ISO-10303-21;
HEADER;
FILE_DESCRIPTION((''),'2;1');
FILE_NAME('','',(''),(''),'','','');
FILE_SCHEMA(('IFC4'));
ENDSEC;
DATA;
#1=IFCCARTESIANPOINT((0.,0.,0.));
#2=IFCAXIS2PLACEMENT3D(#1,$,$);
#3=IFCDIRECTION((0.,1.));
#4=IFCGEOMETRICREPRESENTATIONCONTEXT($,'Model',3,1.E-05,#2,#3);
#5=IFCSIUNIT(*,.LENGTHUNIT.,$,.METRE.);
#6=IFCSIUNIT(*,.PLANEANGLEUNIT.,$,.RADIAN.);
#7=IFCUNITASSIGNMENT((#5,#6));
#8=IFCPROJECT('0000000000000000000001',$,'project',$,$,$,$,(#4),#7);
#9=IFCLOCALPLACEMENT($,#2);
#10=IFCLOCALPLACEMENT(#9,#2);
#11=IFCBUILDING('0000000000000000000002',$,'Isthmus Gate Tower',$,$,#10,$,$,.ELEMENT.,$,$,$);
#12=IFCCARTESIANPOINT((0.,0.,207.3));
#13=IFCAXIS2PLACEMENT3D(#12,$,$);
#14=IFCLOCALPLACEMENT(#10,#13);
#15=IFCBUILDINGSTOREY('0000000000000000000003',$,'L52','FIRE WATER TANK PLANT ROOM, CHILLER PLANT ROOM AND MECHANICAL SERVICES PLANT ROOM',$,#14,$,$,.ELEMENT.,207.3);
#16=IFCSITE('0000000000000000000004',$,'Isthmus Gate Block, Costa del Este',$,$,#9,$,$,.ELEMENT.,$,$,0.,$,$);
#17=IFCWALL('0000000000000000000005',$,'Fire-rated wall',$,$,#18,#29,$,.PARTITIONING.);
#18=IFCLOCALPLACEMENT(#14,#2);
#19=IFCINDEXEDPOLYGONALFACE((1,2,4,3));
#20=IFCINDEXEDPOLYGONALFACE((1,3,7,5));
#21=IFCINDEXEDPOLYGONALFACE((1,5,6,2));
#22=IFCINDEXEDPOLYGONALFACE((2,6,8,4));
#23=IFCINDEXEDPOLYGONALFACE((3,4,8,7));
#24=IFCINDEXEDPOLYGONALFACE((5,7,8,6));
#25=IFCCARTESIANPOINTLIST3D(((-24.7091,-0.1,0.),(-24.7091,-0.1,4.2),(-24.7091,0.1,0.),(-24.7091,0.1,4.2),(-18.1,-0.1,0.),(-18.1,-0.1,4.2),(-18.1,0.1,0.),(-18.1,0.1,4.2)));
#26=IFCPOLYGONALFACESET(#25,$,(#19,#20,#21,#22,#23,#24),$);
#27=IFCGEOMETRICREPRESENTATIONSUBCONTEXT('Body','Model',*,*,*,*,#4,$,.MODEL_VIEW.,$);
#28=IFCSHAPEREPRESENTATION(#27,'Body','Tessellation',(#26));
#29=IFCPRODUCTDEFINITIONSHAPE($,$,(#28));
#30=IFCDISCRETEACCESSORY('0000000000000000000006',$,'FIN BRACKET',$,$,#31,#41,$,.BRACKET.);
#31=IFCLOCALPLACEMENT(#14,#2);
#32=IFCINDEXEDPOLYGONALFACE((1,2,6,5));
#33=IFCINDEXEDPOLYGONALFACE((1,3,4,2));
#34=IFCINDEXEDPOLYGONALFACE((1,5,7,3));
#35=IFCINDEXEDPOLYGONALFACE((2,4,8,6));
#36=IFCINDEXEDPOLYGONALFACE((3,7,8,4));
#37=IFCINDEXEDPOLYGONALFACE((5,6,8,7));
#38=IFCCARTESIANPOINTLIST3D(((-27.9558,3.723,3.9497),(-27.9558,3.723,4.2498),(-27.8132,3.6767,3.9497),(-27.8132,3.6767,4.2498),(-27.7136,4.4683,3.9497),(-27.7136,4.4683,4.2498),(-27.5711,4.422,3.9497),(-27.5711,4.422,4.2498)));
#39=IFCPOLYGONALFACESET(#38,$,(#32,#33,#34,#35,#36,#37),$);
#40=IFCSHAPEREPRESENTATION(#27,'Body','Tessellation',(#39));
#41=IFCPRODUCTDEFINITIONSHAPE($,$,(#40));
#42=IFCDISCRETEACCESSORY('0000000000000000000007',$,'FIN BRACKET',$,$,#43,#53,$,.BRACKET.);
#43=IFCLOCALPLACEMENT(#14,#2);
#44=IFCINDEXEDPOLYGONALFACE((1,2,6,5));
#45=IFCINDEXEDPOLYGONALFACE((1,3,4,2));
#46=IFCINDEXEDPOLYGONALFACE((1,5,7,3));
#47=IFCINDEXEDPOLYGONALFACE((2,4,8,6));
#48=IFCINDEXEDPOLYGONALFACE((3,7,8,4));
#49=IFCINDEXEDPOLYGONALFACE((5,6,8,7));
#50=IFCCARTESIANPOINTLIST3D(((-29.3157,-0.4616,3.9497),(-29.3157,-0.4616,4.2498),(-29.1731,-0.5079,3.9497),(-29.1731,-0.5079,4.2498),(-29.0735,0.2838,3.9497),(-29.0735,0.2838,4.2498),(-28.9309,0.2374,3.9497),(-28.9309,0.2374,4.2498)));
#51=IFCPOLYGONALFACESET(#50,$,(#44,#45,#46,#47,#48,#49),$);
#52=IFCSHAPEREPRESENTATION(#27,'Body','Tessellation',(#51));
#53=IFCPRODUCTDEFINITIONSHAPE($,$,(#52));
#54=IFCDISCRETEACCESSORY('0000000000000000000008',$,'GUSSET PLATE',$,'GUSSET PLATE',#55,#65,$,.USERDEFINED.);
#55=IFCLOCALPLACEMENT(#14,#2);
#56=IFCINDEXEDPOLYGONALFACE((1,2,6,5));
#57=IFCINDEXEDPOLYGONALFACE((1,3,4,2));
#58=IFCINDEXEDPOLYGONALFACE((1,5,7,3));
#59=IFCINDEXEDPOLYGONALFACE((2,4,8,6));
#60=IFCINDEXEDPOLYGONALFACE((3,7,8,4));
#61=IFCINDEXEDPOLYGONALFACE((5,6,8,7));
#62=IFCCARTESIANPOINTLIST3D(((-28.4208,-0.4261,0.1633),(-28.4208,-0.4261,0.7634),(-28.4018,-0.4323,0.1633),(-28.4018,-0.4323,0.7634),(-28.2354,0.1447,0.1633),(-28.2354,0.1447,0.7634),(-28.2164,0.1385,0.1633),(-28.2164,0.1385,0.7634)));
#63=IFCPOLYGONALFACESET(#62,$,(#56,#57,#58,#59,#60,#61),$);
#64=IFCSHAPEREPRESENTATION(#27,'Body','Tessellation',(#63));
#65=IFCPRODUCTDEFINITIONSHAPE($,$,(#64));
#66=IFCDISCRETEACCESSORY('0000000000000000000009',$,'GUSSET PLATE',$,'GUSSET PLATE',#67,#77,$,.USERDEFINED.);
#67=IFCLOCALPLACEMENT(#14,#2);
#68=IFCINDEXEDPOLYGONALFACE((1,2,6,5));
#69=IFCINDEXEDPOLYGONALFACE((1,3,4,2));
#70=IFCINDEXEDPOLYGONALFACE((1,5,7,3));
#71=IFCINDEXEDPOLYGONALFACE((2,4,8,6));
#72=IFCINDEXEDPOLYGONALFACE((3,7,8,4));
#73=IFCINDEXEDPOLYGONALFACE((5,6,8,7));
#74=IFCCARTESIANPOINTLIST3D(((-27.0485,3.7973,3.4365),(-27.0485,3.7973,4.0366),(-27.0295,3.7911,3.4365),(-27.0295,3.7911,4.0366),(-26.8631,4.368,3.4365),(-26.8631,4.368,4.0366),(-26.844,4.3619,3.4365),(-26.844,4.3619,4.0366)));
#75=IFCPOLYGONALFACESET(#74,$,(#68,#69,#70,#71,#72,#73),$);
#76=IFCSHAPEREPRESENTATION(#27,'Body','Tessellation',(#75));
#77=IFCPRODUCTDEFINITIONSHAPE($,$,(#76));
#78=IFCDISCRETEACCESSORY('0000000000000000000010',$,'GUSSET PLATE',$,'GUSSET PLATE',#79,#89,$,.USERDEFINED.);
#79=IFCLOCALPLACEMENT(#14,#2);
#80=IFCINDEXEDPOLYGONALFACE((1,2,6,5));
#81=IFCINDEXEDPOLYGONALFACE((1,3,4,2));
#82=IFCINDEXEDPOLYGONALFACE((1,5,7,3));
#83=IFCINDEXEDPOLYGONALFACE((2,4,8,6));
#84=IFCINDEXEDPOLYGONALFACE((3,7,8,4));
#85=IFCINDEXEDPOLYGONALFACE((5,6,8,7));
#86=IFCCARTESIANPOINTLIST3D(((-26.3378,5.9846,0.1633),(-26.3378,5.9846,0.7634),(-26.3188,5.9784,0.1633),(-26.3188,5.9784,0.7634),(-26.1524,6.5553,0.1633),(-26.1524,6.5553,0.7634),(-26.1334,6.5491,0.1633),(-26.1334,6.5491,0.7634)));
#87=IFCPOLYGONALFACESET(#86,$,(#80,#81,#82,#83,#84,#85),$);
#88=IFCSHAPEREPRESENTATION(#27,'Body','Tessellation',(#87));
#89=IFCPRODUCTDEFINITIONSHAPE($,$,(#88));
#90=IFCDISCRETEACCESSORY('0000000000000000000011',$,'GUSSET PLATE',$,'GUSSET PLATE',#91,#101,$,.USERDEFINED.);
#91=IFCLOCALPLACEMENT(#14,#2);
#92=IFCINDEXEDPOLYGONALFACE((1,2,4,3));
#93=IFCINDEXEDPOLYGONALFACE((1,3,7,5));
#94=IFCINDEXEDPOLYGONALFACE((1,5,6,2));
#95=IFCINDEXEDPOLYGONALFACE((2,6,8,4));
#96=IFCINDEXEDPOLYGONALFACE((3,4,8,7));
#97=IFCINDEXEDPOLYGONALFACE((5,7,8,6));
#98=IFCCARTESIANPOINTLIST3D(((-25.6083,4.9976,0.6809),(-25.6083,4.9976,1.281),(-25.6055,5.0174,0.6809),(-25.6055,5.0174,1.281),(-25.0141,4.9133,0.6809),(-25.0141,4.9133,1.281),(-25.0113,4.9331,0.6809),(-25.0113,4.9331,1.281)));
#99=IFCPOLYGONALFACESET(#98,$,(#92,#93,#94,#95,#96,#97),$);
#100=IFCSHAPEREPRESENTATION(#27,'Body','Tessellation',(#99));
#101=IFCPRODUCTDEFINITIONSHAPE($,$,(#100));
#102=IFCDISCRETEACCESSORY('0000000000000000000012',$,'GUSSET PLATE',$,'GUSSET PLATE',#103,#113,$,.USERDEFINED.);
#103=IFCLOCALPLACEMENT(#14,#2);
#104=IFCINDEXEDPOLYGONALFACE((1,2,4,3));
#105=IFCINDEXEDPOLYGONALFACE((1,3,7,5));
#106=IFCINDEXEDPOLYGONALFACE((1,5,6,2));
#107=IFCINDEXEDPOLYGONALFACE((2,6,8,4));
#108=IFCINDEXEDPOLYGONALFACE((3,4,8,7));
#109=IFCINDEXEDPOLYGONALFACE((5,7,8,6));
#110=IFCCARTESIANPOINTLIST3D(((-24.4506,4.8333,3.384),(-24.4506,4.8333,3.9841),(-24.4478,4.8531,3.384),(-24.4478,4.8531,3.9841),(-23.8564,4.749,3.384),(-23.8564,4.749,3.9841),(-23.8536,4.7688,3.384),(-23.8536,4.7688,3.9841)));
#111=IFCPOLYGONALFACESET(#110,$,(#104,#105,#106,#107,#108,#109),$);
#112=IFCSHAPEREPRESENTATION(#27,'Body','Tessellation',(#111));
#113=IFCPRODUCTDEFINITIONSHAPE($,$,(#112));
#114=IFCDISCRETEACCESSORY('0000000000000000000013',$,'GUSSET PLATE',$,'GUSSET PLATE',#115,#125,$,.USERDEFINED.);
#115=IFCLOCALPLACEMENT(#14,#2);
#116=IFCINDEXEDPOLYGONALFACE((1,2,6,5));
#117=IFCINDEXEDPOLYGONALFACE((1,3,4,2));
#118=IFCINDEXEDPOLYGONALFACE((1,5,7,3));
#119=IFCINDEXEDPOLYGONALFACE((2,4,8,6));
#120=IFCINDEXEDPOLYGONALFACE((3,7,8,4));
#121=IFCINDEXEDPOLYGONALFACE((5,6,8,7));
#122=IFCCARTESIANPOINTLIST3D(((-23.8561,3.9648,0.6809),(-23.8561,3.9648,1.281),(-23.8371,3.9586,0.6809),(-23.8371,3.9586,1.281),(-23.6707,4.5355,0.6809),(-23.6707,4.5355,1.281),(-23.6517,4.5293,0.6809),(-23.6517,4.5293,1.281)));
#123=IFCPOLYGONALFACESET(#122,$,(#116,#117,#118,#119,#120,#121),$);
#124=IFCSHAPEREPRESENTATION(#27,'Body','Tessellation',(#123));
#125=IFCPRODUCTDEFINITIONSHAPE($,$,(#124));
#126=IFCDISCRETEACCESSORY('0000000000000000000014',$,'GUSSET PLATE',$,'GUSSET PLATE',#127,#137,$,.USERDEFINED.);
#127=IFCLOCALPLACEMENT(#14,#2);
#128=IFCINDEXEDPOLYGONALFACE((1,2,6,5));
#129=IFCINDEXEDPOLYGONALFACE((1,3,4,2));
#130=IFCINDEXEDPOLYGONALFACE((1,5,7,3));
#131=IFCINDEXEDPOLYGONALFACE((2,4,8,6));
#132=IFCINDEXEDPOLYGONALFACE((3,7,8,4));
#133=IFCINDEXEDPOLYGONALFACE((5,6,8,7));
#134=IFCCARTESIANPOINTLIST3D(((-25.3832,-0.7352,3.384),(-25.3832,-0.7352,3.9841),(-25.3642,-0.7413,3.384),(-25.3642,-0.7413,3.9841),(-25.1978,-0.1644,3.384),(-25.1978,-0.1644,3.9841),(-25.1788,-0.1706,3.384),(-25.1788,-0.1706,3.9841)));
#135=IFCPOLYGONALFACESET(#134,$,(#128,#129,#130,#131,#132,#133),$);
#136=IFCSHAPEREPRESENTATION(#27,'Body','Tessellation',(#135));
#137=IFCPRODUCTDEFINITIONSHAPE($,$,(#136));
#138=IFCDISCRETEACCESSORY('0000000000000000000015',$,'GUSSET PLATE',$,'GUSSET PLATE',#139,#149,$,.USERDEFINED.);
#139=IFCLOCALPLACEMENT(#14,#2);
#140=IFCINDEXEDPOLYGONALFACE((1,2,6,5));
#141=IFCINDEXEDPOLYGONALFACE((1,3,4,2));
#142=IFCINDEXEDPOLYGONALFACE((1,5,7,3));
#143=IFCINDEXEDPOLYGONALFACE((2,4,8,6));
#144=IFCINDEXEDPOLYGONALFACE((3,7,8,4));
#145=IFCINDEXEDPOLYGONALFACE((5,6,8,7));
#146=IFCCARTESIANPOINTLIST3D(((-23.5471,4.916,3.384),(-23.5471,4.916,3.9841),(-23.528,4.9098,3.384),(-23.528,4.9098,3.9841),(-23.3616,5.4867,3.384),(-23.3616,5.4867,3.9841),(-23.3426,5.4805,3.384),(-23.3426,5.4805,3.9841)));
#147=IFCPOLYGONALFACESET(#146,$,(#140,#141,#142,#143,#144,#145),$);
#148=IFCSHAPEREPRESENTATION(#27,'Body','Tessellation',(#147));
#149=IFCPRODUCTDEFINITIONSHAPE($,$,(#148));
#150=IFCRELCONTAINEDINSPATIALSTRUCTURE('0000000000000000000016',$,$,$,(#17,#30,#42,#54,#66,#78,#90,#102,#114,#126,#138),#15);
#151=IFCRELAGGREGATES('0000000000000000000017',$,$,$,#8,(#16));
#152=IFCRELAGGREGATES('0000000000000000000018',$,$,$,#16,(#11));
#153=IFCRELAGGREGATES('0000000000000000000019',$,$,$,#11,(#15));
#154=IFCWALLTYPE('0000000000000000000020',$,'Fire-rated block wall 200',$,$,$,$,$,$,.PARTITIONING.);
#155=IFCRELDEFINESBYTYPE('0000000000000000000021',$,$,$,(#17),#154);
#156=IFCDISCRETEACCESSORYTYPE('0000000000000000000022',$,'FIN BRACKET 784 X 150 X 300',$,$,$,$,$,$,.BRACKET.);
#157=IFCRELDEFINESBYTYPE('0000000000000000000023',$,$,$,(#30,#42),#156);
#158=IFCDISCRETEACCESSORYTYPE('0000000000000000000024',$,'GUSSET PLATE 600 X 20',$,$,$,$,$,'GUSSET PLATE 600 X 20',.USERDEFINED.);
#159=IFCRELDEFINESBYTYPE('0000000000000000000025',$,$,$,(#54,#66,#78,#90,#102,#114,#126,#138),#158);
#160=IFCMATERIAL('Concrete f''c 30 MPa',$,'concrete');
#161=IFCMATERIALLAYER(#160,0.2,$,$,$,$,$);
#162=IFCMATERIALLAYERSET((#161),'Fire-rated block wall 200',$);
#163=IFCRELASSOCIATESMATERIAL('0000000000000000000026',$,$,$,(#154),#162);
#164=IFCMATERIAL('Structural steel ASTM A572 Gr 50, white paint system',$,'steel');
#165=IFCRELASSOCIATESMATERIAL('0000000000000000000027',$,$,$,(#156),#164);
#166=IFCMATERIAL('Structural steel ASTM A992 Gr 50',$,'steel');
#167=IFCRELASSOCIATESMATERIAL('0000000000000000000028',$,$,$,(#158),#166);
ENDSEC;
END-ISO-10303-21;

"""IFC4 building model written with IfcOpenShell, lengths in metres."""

from ifc_helpers import new_model, si_unit, direction, frame, frame_2d, origin, origin_2d, place, context, subcontext, project, spatial, rectangle, extrude, material, layer, layer_set, type_object, element, save


model = new_model("IFC4")

# Units and contexts
model_context = context("Model", 3, precision=1e-05, world=origin(), true_north=direction((0.0, 1.0)))
body_context = subcontext(model_context, "Body", "Model", "MODEL_VIEW")
ifc_project = project(units=[si_unit("LENGTHUNIT", "METRE"), si_unit("PLANEANGLEUNIT", "RADIAN")], contexts=[model_context])

# Site, building, storey
site_placement = place(None, origin())
site = spatial("IfcSite", under=ifc_project, at=site_placement, Name="Isthmus Gate Block, Costa del Este", CompositionType="ELEMENT", RefElevation=0.0)
building_placement = place(site_placement, origin())
building = spatial("IfcBuilding", under=site, at=building_placement, Name="Isthmus Gate Tower", CompositionType="ELEMENT")
storey_placement = place(building_placement, frame((0.0, 0.0, 207.3)))
storey = spatial("IfcBuildingStorey", under=building, at=storey_placement, Name="L52", Description="FIRE WATER TANK PLANT ROOM, CHILLER PLANT ROOM AND MECHANICAL SERVICES PLANT ROOM", CompositionType="ELEMENT", Elevation=207.3)

# Wall
ifc_material_1 = material(Name="Concrete f'c 30 MPa", Category="concrete")
ifc_layer_1 = layer(ifc_material_1, 0.2)
ifc_layer_set_1 = layer_set([ifc_layer_1], Name="Fire-rated block wall 200")
wall_type = type_object("IfcWallType", Name="Fire-rated block wall 200", PredefinedType="PARTITIONING", material=ifc_layer_set_1)
wall_placement = place(storey_placement, frame((-24.7092, 0.0, 0.0), z_axis=(0.0, 0.0, 1.0), x_axis=(1.0, 0.0, 0.0)))
element("IfcWall", 1, at=wall_placement, inside=storey, type_object=wall_type, Name="Fire-rated wall", PredefinedType="PARTITIONING", context=body_context, shape_type="SweptSolid", body=[
    extrude(rectangle(XDim=6.6091, YDim=0.2, at=frame_2d((3.3047, 0.0))), origin(), (0.0, 0.0, 1.0), 4.2),
])

# Discrete accessories
ifc_material_2 = material(Name="Structural steel ASTM A572 Gr 50, white paint system", Category="steel")
discrete_accessory_type_1 = type_object("IfcDiscreteAccessoryType", Name="FIN BRACKET 784 X 150 X 300", PredefinedType="BRACKET", material=ifc_material_2)
for number, where, z_axis, x_axis, name in (
    (2, (-27.7634, 4.0725, 3.9497), (0.0, 0.0, 1.0), (-0.951057, 0.309017, 0.0), "FIN BRACKET"),
    (3, (-29.1233, -0.1121, 3.9497), (0.0, 0.0, 1.0), (-0.951057, 0.309017, 0.0), "FIN BRACKET"),
):
    element("IfcDiscreteAccessory", number, at=place(storey_placement, frame(where, z_axis=z_axis, x_axis=x_axis)), inside=storey, type_object=discrete_accessory_type_1, Name=name, PredefinedType="BRACKET", context=body_context, shape_type="SweptSolid", body=[
        extrude(rectangle(XDim=0.1499, YDim=0.7837, at=origin_2d()), origin(), (0.0, 0.0, 1.0), 0.3),
    ])
ifc_material_3 = material(Name="Structural steel ASTM A992 Gr 50", Category="steel")
discrete_accessory_type_2 = type_object("IfcDiscreteAccessoryType", Name="GUSSET PLATE 600 X 20", ElementType="GUSSET PLATE 600 X 20", PredefinedType="USERDEFINED", material=ifc_material_3)
for number, where, z_axis, x_axis, name in (
    (4, (-28.3186, -0.1438, 0.1633), (0.0, 0.0, 1.0), (0.309017, 0.951057, 0.0), "GUSSET PLATE"),
    (5, (-26.9463, 4.0796, 3.4365), (0.0, 0.0, 1.0), (0.309017, 0.951057, 0.0), "GUSSET PLATE"),
    (6, (-26.2356, 6.2668, 0.1633), (0.0, 0.0, 1.0), (0.309017, 0.951057, 0.0), "GUSSET PLATE"),
    (7, (-25.3098, 4.9653, 0.6809), (0.0, 0.0, 1.0), (0.990077, -0.140524, 0.0), "GUSSET PLATE"),
    (8, (-24.1521, 4.801, 3.384), (0.0, 0.0, 1.0), (0.990077, -0.140524, 0.0), "GUSSET PLATE"),
    (9, (-23.7539, 4.2471, 0.6809), (0.0, 0.0, 1.0), (-0.309017, -0.951057, 0.0), "GUSSET PLATE"),
    (10, (-25.281, -0.4529, 3.384), (0.0, 0.0, 1.0), (-0.309017, -0.951057, 0.0), "GUSSET PLATE"),
    (11, (-23.4448, 5.1982, 3.384), (0.0, 0.0, 1.0), (-0.309017, -0.951057, 0.0), "GUSSET PLATE"),
):
    element("IfcDiscreteAccessory", number, at=place(storey_placement, frame(where, z_axis=z_axis, x_axis=x_axis)), inside=storey, type_object=discrete_accessory_type_2, Name=name, ObjectType="GUSSET PLATE", PredefinedType="USERDEFINED", context=body_context, shape_type="SweptSolid", body=[
        extrude(rectangle(XDim=0.6001, YDim=0.02, at=origin_2d()), origin(), (0.0, 0.0, 1.0), 0.6001),
    ])

save(model, "model.ifc")
